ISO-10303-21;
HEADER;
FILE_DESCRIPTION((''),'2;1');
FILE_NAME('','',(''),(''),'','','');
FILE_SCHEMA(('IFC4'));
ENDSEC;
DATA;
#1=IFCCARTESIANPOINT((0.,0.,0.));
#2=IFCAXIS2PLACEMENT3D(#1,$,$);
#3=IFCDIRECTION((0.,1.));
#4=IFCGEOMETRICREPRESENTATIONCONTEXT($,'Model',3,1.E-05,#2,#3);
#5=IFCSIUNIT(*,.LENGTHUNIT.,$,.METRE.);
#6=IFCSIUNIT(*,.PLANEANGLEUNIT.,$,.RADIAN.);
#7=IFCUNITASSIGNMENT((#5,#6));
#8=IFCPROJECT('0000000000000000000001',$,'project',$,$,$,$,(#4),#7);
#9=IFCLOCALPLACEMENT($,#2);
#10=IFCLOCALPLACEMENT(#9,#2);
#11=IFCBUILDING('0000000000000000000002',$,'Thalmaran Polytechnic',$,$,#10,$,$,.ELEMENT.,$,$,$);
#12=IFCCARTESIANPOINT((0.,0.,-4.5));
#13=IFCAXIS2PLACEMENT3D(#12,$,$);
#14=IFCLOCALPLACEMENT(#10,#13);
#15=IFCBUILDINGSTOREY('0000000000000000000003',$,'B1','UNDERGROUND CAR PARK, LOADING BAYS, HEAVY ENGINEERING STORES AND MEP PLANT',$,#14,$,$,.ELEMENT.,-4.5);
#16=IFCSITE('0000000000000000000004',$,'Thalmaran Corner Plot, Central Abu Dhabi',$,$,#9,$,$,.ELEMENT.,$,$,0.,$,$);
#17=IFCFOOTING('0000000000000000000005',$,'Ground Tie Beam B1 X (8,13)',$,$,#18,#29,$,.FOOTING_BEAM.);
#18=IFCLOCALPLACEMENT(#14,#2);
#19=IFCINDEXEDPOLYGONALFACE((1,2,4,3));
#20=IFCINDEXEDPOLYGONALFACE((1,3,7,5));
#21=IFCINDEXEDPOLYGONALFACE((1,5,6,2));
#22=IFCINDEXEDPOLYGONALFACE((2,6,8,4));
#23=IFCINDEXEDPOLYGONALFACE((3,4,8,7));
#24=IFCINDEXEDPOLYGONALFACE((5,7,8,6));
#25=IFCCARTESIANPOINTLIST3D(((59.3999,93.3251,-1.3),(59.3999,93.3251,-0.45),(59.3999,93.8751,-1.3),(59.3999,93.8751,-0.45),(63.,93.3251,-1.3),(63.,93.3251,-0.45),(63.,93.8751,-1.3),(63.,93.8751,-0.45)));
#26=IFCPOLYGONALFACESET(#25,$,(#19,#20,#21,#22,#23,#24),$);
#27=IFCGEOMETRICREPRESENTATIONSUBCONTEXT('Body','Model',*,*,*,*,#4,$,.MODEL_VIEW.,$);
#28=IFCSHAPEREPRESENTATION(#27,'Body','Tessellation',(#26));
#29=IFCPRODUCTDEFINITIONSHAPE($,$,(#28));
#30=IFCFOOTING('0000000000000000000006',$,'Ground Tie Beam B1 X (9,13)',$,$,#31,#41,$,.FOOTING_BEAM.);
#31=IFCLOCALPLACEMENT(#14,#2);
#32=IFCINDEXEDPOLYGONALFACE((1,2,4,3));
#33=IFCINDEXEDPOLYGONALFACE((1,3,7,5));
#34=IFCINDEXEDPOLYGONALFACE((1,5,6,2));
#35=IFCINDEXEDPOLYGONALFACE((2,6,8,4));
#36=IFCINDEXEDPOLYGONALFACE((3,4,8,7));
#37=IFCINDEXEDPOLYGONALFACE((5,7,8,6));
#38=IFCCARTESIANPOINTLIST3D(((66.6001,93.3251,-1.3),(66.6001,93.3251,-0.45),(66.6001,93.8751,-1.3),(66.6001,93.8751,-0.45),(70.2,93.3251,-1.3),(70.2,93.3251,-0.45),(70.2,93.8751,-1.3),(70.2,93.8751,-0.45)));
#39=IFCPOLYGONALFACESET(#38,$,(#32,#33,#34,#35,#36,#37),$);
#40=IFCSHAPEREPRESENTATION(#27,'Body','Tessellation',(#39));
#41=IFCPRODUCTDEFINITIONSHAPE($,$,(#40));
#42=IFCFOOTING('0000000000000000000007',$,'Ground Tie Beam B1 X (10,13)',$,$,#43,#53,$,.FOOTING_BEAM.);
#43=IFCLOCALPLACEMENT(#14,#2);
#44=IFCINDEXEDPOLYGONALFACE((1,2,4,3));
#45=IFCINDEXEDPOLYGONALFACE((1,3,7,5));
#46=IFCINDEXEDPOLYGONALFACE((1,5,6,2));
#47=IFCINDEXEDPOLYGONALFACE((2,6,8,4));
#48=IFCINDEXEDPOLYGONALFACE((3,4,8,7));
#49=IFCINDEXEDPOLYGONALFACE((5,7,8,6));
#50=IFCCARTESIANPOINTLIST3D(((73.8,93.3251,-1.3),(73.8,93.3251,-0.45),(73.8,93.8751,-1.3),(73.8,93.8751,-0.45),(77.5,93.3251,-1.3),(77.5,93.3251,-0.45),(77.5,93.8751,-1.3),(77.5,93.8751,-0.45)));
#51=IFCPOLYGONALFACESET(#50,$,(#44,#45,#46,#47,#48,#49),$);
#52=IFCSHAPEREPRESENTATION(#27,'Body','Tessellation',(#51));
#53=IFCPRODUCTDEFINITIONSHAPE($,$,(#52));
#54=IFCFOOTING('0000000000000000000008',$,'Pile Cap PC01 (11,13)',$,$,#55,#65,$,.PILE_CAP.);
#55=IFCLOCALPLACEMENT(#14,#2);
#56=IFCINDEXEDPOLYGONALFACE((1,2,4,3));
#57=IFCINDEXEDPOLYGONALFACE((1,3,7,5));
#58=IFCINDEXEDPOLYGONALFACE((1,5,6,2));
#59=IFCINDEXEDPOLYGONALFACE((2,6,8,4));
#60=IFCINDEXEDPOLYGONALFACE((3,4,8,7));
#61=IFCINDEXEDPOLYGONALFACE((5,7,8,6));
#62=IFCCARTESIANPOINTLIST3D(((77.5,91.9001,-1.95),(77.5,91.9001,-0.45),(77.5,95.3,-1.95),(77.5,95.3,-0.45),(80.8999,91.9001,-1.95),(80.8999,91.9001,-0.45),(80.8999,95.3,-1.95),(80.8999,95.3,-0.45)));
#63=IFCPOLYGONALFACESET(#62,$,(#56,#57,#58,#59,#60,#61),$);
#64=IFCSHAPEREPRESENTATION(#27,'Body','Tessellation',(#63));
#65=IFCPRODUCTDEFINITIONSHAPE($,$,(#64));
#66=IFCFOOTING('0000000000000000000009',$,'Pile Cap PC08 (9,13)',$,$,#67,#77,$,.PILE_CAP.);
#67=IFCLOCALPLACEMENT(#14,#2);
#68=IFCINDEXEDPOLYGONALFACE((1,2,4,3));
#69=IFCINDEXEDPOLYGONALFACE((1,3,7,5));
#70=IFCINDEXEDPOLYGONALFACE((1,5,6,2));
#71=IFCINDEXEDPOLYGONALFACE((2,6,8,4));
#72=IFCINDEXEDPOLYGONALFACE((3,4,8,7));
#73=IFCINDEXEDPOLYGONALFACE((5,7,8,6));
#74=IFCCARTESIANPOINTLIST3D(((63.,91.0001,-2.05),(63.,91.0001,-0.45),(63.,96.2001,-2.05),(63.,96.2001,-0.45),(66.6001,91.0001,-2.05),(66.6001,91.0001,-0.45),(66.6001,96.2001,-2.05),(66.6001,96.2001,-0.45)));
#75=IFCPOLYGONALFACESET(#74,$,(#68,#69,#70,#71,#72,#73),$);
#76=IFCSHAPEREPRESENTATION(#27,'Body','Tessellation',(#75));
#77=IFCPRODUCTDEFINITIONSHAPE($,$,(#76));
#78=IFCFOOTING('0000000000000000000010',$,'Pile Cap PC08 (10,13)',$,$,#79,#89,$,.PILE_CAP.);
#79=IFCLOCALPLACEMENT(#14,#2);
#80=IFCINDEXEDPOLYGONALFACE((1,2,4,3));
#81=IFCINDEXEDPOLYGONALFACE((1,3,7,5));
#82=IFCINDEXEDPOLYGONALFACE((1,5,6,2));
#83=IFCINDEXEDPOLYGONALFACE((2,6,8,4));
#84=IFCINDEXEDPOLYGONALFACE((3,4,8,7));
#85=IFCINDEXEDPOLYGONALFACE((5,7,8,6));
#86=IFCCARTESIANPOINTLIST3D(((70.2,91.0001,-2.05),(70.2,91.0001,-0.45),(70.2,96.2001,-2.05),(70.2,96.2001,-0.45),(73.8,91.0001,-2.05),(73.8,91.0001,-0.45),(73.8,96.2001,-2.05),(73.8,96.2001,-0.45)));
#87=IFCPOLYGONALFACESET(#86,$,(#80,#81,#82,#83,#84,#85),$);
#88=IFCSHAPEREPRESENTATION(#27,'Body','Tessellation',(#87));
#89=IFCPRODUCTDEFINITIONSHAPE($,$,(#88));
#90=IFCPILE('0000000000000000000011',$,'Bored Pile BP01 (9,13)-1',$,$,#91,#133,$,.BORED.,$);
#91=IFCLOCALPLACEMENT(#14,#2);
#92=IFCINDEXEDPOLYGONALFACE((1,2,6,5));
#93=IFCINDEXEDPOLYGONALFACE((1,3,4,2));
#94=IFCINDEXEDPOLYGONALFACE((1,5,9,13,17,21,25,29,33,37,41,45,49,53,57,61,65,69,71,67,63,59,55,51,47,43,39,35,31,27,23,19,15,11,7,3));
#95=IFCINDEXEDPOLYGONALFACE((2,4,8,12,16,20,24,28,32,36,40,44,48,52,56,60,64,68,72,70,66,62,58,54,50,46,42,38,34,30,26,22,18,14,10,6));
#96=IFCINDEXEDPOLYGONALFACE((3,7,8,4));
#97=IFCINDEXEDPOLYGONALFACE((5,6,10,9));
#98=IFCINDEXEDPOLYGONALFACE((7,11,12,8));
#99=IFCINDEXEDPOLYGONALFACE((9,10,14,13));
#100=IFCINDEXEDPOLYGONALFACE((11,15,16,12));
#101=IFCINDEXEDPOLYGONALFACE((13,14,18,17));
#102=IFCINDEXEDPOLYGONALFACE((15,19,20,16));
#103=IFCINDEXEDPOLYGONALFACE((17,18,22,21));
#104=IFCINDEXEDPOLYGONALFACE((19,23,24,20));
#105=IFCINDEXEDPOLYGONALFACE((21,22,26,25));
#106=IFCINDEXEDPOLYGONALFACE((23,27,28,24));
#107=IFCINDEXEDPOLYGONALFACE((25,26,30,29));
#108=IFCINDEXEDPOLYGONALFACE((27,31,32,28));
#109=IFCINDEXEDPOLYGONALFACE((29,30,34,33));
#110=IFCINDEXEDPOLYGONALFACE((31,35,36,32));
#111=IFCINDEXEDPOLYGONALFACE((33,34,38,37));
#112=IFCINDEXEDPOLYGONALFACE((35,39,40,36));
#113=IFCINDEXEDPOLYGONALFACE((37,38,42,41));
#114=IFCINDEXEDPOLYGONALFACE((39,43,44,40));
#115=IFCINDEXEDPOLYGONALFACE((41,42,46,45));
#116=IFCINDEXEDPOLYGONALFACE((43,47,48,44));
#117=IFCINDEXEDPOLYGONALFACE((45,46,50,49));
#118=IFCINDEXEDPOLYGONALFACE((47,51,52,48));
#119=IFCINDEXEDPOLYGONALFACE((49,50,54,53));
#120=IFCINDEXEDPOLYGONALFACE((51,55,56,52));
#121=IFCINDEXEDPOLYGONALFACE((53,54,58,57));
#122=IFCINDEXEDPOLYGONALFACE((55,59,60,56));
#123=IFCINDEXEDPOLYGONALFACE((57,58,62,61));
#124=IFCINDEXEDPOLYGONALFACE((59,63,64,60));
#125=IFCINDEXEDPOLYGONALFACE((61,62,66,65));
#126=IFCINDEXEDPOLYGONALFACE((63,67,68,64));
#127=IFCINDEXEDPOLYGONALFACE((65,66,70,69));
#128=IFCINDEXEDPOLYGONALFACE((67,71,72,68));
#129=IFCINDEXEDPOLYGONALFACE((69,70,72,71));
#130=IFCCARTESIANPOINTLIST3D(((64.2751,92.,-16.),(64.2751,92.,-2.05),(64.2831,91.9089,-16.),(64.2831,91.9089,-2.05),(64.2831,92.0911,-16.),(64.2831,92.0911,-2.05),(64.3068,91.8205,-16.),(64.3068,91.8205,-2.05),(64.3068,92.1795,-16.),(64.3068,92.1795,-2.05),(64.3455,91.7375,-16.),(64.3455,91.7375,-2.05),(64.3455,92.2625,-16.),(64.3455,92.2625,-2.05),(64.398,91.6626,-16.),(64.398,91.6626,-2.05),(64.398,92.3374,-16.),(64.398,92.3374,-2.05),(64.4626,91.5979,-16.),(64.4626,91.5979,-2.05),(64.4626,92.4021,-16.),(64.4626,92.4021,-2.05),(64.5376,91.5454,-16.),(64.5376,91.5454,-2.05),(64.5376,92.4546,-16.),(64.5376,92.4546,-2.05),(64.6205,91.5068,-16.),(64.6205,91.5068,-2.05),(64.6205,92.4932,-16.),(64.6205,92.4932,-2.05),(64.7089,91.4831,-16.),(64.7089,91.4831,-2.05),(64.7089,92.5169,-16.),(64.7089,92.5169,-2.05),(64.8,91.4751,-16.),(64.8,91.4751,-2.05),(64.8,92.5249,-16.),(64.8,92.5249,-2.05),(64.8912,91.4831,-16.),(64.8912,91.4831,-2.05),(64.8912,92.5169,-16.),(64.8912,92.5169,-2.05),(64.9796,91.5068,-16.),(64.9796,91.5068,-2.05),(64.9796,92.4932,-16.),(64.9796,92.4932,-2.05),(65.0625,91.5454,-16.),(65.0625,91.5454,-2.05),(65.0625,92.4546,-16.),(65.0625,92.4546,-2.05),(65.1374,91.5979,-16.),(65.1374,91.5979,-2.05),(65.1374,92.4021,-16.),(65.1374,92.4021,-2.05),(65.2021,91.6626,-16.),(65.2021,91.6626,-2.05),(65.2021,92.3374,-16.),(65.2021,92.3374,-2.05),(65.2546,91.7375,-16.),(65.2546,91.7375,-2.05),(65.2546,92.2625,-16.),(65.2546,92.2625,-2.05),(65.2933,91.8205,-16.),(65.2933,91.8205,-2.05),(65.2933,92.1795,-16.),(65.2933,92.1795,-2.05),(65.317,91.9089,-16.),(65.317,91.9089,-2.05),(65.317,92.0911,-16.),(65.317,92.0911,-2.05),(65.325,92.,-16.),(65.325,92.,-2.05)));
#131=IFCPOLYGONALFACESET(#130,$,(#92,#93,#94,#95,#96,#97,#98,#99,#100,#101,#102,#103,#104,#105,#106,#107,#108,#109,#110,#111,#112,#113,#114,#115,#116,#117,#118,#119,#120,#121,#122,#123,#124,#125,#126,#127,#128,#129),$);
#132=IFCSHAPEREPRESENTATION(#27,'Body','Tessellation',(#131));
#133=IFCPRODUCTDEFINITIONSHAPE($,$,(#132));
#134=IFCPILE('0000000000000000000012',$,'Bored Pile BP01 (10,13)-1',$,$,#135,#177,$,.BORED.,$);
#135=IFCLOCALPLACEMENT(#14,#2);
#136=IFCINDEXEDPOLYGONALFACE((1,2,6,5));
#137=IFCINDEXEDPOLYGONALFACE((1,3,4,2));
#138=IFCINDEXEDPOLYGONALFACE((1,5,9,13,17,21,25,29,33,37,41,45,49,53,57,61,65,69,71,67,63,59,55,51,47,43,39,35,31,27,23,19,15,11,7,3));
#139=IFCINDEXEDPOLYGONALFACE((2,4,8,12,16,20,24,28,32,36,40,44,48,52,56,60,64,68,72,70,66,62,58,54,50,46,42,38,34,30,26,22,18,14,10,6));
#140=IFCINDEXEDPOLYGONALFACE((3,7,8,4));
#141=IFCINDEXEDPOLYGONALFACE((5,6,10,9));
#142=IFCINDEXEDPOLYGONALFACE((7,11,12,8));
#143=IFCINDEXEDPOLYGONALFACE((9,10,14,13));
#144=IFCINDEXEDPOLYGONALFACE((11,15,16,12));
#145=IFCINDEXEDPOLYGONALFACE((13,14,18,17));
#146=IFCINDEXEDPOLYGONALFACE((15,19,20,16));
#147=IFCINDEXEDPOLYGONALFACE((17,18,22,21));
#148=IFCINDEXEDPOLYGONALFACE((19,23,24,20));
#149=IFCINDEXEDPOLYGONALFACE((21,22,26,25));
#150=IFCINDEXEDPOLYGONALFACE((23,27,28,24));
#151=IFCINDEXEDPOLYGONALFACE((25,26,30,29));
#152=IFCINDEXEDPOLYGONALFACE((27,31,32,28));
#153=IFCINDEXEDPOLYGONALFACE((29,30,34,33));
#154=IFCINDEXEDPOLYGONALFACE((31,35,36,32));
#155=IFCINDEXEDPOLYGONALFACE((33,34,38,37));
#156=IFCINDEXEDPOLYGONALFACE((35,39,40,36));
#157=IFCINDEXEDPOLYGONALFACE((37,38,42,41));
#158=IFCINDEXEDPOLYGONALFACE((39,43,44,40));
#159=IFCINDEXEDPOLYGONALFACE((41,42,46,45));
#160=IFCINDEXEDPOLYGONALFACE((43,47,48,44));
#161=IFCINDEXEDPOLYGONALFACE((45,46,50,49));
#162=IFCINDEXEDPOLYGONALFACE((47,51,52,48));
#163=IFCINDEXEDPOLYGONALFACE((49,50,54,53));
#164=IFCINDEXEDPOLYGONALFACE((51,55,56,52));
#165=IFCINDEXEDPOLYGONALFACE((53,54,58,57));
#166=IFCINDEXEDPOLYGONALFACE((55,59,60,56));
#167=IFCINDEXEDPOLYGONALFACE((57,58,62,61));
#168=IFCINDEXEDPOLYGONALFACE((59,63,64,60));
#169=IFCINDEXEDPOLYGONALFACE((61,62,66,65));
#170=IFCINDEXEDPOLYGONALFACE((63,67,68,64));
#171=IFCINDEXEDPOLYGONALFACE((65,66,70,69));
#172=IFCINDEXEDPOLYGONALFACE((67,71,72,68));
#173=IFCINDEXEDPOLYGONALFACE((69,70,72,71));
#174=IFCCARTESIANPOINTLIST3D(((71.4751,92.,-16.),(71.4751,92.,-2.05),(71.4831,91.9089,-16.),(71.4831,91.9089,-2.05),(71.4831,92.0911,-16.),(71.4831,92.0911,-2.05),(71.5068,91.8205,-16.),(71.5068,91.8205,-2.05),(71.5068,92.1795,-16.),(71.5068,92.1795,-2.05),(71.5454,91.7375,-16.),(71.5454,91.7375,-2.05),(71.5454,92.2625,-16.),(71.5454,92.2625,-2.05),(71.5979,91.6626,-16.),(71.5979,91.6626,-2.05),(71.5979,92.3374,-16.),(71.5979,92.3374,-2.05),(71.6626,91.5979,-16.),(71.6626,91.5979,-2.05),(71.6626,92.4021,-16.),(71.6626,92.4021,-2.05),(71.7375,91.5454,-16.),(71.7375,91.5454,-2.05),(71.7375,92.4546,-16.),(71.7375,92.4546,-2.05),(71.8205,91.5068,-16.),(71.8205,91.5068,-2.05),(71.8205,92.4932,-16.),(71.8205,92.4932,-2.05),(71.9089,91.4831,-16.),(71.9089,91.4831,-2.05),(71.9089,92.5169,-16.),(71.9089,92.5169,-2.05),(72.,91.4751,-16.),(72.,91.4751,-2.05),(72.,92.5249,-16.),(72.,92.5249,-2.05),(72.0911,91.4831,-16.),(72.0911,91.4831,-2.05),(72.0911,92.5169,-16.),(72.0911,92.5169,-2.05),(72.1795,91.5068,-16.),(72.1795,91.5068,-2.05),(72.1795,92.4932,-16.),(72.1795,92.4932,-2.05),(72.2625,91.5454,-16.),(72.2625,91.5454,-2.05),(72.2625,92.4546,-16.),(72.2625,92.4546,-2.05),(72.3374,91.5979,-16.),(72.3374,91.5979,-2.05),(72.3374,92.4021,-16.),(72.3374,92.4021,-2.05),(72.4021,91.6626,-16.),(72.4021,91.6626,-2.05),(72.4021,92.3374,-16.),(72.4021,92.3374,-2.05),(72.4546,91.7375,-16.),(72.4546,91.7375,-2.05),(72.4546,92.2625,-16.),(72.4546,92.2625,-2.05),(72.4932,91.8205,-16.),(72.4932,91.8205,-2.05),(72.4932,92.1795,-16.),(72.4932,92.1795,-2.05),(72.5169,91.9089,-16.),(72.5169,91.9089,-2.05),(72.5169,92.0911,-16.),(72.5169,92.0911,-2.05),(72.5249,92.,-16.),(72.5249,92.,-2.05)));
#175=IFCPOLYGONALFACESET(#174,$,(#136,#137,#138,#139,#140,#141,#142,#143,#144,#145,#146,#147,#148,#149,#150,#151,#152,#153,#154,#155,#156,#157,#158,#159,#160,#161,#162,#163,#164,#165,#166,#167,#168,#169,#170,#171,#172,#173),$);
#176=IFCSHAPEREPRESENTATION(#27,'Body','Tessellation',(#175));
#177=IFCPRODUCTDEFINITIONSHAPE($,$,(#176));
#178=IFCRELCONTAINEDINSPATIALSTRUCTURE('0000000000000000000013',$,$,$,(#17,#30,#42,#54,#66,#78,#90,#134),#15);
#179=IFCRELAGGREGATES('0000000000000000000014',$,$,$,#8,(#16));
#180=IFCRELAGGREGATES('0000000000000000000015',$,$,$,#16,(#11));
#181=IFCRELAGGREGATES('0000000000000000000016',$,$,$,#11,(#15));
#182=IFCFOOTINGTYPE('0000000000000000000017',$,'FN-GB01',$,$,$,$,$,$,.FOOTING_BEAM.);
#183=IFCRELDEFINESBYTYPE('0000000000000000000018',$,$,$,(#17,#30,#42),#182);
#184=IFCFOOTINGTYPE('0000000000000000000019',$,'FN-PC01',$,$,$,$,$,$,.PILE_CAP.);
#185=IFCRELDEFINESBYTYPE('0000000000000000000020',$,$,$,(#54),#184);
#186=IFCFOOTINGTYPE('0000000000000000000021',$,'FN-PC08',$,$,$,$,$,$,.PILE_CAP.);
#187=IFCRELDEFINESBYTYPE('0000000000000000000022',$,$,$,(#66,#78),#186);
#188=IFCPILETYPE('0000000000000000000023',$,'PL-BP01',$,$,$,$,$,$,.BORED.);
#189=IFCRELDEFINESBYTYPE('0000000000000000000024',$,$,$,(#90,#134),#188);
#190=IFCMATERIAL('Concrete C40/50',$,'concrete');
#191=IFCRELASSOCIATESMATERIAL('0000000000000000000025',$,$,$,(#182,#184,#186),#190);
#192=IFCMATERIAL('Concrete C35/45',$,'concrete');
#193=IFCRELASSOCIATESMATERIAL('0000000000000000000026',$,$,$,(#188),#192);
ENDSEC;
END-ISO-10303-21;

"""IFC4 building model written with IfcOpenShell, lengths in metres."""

from ifc_helpers import new_model, si_unit, direction, frame, origin, origin_2d, place, context, subcontext, project, spatial, rectangle, circle, extrude, material, material_profile, profile_set, type_object, element, save


model = new_model("IFC4")

# Units and contexts
model_context = context("Model", 3, precision=1e-05, world=origin(), true_north=direction((0.0, 1.0)))
body_context = subcontext(model_context, "Body", "Model", "MODEL_VIEW")
ifc_project = project(units=[si_unit("LENGTHUNIT", "METRE"), si_unit("PLANEANGLEUNIT", "RADIAN")], contexts=[model_context])

# Site, building, storey
site_placement = place(None, origin())
site = spatial("IfcSite", under=ifc_project, at=site_placement, Name="Thalmaran Corner Plot, Central Abu Dhabi", CompositionType="ELEMENT", RefElevation=0.0)
building_placement = place(site_placement, origin())
building = spatial("IfcBuilding", under=site, at=building_placement, Name="Thalmaran Polytechnic", CompositionType="ELEMENT")
storey_placement = place(building_placement, frame((0.0, 0.0, -4.5)))
storey = spatial("IfcBuildingStorey", under=building, at=storey_placement, Name="B1", Description="UNDERGROUND CAR PARK, LOADING BAYS, HEAVY ENGINEERING STORES AND MEP PLANT", CompositionType="ELEMENT", Elevation=-4.5)

# Footings
ifc_material_1 = material(Name="Concrete C40/50", Category="concrete")
ifc_material_profile_1 = material_profile(ifc_material_1, rectangle(XDim=0.55, YDim=0.8501, at=origin_2d()), Name="RC 550x850")
ifc_profile_set_1 = profile_set([ifc_material_profile_1], Name="Concrete C40/50")
footing_type_1 = type_object("IfcFootingType", Name="FN-GB01", PredefinedType="FOOTING_BEAM", material=ifc_profile_set_1)
footing_1_placement = place(storey_placement, frame((59.3999, 93.6001, -0.875), z_axis=(1.0, 0.0, 0.0), x_axis=(0.0, 1.0, 0.0)))
element("IfcFooting", 1, at=footing_1_placement, inside=storey, type_object=footing_type_1, Name="Ground Tie Beam B1 X (8,13)", PredefinedType="FOOTING_BEAM", context=body_context, shape_type="SweptSolid", body=[
    extrude(rectangle(XDim=0.55, YDim=0.8501, at=origin_2d()), origin(), (0.0, 0.0, 1.0), 3.6001),
])
footing_2_placement = place(storey_placement, frame((66.6001, 93.6001, -0.875), z_axis=(1.0, 0.0, 0.0), x_axis=(0.0, 1.0, 0.0)))
element("IfcFooting", 2, at=footing_2_placement, inside=storey, type_object=footing_type_1, Name="Ground Tie Beam B1 X (9,13)", PredefinedType="FOOTING_BEAM", context=body_context, shape_type="SweptSolid", body=[
    extrude(rectangle(XDim=0.55, YDim=0.8501, at=origin_2d()), origin(), (0.0, 0.0, 1.0), 3.5999),
])
footing_3_placement = place(storey_placement, frame((73.8, 93.6001, -0.875), z_axis=(1.0, 0.0, 0.0), x_axis=(0.0, 1.0, 0.0)))
element("IfcFooting", 3, at=footing_3_placement, inside=storey, type_object=footing_type_1, Name="Ground Tie Beam B1 X (10,13)", PredefinedType="FOOTING_BEAM", context=body_context, shape_type="SweptSolid", body=[
    extrude(rectangle(XDim=0.55, YDim=0.8501, at=origin_2d()), origin(), (0.0, 0.0, 1.0), 3.7),
])
footing_type_2 = type_object("IfcFootingType", Name="FN-PC01", PredefinedType="PILE_CAP", material=ifc_material_1)
footing_4_placement = place(storey_placement, frame((79.2, 93.6001, -1.95), z_axis=(0.0, 0.0, 1.0), x_axis=(1.0, 0.0, 0.0)))
element("IfcFooting", 4, at=footing_4_placement, inside=storey, type_object=footing_type_2, Name="Pile Cap PC01 (11,13)", PredefinedType="PILE_CAP", context=body_context, shape_type="SweptSolid", body=[
    extrude(rectangle(XDim=3.3999, YDim=3.3999, at=origin_2d()), origin(), (0.0, 0.0, 1.0), 1.5),
])
footing_type_3 = type_object("IfcFootingType", Name="FN-PC08", PredefinedType="PILE_CAP", material=ifc_material_1)
for number, where, z_axis, x_axis, name in (
    (5, (64.8, 93.6001, -2.05), (0.0, 0.0, 1.0), (1.0, 0.0, 0.0), "Pile Cap PC08 (9,13)"),
    (6, (72.0, 93.6001, -2.05), (0.0, 0.0, 1.0), (1.0, 0.0, 0.0), "Pile Cap PC08 (10,13)"),
):
    element("IfcFooting", number, at=place(storey_placement, frame(where, z_axis=z_axis, x_axis=x_axis)), inside=storey, type_object=footing_type_3, Name=name, PredefinedType="PILE_CAP", context=body_context, shape_type="SweptSolid", body=[
        extrude(rectangle(XDim=3.6001, YDim=5.2, at=origin_2d()), origin(), (0.0, 0.0, 1.0), 1.6001),
    ])

# Piles
ifc_material_2 = material(Name="Concrete C35/45", Category="concrete")
ifc_material_profile_2 = material_profile(ifc_material_2, circle(Radius=0.5249, at=origin_2d()), Name="RC 1050 DIA")
ifc_profile_set_2 = profile_set([ifc_material_profile_2], Name="Concrete C35/45")
pile_type_1 = type_object("IfcPileType", Name="PL-BP01", PredefinedType="BORED", material=ifc_profile_set_2)
for number, where, z_axis, x_axis, name in (
    (7, (64.8, 92.0, -2.05), (0.0, 0.0, -1.0), (1.0, 0.0, 0.0), "Bored Pile BP01 (9,13)-1"),
    (8, (72.0, 92.0, -2.05), (0.0, 0.0, -1.0), (1.0, 0.0, 0.0), "Bored Pile BP01 (10,13)-1"),
):
    element("IfcPile", number, at=place(storey_placement, frame(where, z_axis=z_axis, x_axis=x_axis)), inside=storey, type_object=pile_type_1, Name=name, PredefinedType="BORED", context=body_context, shape_type="SweptSolid", body=[
        extrude(circle(Radius=0.5249, at=origin_2d()), origin(), (0.0, 0.0, 1.0), 13.95),
    ])

save(model, "model.ifc")
